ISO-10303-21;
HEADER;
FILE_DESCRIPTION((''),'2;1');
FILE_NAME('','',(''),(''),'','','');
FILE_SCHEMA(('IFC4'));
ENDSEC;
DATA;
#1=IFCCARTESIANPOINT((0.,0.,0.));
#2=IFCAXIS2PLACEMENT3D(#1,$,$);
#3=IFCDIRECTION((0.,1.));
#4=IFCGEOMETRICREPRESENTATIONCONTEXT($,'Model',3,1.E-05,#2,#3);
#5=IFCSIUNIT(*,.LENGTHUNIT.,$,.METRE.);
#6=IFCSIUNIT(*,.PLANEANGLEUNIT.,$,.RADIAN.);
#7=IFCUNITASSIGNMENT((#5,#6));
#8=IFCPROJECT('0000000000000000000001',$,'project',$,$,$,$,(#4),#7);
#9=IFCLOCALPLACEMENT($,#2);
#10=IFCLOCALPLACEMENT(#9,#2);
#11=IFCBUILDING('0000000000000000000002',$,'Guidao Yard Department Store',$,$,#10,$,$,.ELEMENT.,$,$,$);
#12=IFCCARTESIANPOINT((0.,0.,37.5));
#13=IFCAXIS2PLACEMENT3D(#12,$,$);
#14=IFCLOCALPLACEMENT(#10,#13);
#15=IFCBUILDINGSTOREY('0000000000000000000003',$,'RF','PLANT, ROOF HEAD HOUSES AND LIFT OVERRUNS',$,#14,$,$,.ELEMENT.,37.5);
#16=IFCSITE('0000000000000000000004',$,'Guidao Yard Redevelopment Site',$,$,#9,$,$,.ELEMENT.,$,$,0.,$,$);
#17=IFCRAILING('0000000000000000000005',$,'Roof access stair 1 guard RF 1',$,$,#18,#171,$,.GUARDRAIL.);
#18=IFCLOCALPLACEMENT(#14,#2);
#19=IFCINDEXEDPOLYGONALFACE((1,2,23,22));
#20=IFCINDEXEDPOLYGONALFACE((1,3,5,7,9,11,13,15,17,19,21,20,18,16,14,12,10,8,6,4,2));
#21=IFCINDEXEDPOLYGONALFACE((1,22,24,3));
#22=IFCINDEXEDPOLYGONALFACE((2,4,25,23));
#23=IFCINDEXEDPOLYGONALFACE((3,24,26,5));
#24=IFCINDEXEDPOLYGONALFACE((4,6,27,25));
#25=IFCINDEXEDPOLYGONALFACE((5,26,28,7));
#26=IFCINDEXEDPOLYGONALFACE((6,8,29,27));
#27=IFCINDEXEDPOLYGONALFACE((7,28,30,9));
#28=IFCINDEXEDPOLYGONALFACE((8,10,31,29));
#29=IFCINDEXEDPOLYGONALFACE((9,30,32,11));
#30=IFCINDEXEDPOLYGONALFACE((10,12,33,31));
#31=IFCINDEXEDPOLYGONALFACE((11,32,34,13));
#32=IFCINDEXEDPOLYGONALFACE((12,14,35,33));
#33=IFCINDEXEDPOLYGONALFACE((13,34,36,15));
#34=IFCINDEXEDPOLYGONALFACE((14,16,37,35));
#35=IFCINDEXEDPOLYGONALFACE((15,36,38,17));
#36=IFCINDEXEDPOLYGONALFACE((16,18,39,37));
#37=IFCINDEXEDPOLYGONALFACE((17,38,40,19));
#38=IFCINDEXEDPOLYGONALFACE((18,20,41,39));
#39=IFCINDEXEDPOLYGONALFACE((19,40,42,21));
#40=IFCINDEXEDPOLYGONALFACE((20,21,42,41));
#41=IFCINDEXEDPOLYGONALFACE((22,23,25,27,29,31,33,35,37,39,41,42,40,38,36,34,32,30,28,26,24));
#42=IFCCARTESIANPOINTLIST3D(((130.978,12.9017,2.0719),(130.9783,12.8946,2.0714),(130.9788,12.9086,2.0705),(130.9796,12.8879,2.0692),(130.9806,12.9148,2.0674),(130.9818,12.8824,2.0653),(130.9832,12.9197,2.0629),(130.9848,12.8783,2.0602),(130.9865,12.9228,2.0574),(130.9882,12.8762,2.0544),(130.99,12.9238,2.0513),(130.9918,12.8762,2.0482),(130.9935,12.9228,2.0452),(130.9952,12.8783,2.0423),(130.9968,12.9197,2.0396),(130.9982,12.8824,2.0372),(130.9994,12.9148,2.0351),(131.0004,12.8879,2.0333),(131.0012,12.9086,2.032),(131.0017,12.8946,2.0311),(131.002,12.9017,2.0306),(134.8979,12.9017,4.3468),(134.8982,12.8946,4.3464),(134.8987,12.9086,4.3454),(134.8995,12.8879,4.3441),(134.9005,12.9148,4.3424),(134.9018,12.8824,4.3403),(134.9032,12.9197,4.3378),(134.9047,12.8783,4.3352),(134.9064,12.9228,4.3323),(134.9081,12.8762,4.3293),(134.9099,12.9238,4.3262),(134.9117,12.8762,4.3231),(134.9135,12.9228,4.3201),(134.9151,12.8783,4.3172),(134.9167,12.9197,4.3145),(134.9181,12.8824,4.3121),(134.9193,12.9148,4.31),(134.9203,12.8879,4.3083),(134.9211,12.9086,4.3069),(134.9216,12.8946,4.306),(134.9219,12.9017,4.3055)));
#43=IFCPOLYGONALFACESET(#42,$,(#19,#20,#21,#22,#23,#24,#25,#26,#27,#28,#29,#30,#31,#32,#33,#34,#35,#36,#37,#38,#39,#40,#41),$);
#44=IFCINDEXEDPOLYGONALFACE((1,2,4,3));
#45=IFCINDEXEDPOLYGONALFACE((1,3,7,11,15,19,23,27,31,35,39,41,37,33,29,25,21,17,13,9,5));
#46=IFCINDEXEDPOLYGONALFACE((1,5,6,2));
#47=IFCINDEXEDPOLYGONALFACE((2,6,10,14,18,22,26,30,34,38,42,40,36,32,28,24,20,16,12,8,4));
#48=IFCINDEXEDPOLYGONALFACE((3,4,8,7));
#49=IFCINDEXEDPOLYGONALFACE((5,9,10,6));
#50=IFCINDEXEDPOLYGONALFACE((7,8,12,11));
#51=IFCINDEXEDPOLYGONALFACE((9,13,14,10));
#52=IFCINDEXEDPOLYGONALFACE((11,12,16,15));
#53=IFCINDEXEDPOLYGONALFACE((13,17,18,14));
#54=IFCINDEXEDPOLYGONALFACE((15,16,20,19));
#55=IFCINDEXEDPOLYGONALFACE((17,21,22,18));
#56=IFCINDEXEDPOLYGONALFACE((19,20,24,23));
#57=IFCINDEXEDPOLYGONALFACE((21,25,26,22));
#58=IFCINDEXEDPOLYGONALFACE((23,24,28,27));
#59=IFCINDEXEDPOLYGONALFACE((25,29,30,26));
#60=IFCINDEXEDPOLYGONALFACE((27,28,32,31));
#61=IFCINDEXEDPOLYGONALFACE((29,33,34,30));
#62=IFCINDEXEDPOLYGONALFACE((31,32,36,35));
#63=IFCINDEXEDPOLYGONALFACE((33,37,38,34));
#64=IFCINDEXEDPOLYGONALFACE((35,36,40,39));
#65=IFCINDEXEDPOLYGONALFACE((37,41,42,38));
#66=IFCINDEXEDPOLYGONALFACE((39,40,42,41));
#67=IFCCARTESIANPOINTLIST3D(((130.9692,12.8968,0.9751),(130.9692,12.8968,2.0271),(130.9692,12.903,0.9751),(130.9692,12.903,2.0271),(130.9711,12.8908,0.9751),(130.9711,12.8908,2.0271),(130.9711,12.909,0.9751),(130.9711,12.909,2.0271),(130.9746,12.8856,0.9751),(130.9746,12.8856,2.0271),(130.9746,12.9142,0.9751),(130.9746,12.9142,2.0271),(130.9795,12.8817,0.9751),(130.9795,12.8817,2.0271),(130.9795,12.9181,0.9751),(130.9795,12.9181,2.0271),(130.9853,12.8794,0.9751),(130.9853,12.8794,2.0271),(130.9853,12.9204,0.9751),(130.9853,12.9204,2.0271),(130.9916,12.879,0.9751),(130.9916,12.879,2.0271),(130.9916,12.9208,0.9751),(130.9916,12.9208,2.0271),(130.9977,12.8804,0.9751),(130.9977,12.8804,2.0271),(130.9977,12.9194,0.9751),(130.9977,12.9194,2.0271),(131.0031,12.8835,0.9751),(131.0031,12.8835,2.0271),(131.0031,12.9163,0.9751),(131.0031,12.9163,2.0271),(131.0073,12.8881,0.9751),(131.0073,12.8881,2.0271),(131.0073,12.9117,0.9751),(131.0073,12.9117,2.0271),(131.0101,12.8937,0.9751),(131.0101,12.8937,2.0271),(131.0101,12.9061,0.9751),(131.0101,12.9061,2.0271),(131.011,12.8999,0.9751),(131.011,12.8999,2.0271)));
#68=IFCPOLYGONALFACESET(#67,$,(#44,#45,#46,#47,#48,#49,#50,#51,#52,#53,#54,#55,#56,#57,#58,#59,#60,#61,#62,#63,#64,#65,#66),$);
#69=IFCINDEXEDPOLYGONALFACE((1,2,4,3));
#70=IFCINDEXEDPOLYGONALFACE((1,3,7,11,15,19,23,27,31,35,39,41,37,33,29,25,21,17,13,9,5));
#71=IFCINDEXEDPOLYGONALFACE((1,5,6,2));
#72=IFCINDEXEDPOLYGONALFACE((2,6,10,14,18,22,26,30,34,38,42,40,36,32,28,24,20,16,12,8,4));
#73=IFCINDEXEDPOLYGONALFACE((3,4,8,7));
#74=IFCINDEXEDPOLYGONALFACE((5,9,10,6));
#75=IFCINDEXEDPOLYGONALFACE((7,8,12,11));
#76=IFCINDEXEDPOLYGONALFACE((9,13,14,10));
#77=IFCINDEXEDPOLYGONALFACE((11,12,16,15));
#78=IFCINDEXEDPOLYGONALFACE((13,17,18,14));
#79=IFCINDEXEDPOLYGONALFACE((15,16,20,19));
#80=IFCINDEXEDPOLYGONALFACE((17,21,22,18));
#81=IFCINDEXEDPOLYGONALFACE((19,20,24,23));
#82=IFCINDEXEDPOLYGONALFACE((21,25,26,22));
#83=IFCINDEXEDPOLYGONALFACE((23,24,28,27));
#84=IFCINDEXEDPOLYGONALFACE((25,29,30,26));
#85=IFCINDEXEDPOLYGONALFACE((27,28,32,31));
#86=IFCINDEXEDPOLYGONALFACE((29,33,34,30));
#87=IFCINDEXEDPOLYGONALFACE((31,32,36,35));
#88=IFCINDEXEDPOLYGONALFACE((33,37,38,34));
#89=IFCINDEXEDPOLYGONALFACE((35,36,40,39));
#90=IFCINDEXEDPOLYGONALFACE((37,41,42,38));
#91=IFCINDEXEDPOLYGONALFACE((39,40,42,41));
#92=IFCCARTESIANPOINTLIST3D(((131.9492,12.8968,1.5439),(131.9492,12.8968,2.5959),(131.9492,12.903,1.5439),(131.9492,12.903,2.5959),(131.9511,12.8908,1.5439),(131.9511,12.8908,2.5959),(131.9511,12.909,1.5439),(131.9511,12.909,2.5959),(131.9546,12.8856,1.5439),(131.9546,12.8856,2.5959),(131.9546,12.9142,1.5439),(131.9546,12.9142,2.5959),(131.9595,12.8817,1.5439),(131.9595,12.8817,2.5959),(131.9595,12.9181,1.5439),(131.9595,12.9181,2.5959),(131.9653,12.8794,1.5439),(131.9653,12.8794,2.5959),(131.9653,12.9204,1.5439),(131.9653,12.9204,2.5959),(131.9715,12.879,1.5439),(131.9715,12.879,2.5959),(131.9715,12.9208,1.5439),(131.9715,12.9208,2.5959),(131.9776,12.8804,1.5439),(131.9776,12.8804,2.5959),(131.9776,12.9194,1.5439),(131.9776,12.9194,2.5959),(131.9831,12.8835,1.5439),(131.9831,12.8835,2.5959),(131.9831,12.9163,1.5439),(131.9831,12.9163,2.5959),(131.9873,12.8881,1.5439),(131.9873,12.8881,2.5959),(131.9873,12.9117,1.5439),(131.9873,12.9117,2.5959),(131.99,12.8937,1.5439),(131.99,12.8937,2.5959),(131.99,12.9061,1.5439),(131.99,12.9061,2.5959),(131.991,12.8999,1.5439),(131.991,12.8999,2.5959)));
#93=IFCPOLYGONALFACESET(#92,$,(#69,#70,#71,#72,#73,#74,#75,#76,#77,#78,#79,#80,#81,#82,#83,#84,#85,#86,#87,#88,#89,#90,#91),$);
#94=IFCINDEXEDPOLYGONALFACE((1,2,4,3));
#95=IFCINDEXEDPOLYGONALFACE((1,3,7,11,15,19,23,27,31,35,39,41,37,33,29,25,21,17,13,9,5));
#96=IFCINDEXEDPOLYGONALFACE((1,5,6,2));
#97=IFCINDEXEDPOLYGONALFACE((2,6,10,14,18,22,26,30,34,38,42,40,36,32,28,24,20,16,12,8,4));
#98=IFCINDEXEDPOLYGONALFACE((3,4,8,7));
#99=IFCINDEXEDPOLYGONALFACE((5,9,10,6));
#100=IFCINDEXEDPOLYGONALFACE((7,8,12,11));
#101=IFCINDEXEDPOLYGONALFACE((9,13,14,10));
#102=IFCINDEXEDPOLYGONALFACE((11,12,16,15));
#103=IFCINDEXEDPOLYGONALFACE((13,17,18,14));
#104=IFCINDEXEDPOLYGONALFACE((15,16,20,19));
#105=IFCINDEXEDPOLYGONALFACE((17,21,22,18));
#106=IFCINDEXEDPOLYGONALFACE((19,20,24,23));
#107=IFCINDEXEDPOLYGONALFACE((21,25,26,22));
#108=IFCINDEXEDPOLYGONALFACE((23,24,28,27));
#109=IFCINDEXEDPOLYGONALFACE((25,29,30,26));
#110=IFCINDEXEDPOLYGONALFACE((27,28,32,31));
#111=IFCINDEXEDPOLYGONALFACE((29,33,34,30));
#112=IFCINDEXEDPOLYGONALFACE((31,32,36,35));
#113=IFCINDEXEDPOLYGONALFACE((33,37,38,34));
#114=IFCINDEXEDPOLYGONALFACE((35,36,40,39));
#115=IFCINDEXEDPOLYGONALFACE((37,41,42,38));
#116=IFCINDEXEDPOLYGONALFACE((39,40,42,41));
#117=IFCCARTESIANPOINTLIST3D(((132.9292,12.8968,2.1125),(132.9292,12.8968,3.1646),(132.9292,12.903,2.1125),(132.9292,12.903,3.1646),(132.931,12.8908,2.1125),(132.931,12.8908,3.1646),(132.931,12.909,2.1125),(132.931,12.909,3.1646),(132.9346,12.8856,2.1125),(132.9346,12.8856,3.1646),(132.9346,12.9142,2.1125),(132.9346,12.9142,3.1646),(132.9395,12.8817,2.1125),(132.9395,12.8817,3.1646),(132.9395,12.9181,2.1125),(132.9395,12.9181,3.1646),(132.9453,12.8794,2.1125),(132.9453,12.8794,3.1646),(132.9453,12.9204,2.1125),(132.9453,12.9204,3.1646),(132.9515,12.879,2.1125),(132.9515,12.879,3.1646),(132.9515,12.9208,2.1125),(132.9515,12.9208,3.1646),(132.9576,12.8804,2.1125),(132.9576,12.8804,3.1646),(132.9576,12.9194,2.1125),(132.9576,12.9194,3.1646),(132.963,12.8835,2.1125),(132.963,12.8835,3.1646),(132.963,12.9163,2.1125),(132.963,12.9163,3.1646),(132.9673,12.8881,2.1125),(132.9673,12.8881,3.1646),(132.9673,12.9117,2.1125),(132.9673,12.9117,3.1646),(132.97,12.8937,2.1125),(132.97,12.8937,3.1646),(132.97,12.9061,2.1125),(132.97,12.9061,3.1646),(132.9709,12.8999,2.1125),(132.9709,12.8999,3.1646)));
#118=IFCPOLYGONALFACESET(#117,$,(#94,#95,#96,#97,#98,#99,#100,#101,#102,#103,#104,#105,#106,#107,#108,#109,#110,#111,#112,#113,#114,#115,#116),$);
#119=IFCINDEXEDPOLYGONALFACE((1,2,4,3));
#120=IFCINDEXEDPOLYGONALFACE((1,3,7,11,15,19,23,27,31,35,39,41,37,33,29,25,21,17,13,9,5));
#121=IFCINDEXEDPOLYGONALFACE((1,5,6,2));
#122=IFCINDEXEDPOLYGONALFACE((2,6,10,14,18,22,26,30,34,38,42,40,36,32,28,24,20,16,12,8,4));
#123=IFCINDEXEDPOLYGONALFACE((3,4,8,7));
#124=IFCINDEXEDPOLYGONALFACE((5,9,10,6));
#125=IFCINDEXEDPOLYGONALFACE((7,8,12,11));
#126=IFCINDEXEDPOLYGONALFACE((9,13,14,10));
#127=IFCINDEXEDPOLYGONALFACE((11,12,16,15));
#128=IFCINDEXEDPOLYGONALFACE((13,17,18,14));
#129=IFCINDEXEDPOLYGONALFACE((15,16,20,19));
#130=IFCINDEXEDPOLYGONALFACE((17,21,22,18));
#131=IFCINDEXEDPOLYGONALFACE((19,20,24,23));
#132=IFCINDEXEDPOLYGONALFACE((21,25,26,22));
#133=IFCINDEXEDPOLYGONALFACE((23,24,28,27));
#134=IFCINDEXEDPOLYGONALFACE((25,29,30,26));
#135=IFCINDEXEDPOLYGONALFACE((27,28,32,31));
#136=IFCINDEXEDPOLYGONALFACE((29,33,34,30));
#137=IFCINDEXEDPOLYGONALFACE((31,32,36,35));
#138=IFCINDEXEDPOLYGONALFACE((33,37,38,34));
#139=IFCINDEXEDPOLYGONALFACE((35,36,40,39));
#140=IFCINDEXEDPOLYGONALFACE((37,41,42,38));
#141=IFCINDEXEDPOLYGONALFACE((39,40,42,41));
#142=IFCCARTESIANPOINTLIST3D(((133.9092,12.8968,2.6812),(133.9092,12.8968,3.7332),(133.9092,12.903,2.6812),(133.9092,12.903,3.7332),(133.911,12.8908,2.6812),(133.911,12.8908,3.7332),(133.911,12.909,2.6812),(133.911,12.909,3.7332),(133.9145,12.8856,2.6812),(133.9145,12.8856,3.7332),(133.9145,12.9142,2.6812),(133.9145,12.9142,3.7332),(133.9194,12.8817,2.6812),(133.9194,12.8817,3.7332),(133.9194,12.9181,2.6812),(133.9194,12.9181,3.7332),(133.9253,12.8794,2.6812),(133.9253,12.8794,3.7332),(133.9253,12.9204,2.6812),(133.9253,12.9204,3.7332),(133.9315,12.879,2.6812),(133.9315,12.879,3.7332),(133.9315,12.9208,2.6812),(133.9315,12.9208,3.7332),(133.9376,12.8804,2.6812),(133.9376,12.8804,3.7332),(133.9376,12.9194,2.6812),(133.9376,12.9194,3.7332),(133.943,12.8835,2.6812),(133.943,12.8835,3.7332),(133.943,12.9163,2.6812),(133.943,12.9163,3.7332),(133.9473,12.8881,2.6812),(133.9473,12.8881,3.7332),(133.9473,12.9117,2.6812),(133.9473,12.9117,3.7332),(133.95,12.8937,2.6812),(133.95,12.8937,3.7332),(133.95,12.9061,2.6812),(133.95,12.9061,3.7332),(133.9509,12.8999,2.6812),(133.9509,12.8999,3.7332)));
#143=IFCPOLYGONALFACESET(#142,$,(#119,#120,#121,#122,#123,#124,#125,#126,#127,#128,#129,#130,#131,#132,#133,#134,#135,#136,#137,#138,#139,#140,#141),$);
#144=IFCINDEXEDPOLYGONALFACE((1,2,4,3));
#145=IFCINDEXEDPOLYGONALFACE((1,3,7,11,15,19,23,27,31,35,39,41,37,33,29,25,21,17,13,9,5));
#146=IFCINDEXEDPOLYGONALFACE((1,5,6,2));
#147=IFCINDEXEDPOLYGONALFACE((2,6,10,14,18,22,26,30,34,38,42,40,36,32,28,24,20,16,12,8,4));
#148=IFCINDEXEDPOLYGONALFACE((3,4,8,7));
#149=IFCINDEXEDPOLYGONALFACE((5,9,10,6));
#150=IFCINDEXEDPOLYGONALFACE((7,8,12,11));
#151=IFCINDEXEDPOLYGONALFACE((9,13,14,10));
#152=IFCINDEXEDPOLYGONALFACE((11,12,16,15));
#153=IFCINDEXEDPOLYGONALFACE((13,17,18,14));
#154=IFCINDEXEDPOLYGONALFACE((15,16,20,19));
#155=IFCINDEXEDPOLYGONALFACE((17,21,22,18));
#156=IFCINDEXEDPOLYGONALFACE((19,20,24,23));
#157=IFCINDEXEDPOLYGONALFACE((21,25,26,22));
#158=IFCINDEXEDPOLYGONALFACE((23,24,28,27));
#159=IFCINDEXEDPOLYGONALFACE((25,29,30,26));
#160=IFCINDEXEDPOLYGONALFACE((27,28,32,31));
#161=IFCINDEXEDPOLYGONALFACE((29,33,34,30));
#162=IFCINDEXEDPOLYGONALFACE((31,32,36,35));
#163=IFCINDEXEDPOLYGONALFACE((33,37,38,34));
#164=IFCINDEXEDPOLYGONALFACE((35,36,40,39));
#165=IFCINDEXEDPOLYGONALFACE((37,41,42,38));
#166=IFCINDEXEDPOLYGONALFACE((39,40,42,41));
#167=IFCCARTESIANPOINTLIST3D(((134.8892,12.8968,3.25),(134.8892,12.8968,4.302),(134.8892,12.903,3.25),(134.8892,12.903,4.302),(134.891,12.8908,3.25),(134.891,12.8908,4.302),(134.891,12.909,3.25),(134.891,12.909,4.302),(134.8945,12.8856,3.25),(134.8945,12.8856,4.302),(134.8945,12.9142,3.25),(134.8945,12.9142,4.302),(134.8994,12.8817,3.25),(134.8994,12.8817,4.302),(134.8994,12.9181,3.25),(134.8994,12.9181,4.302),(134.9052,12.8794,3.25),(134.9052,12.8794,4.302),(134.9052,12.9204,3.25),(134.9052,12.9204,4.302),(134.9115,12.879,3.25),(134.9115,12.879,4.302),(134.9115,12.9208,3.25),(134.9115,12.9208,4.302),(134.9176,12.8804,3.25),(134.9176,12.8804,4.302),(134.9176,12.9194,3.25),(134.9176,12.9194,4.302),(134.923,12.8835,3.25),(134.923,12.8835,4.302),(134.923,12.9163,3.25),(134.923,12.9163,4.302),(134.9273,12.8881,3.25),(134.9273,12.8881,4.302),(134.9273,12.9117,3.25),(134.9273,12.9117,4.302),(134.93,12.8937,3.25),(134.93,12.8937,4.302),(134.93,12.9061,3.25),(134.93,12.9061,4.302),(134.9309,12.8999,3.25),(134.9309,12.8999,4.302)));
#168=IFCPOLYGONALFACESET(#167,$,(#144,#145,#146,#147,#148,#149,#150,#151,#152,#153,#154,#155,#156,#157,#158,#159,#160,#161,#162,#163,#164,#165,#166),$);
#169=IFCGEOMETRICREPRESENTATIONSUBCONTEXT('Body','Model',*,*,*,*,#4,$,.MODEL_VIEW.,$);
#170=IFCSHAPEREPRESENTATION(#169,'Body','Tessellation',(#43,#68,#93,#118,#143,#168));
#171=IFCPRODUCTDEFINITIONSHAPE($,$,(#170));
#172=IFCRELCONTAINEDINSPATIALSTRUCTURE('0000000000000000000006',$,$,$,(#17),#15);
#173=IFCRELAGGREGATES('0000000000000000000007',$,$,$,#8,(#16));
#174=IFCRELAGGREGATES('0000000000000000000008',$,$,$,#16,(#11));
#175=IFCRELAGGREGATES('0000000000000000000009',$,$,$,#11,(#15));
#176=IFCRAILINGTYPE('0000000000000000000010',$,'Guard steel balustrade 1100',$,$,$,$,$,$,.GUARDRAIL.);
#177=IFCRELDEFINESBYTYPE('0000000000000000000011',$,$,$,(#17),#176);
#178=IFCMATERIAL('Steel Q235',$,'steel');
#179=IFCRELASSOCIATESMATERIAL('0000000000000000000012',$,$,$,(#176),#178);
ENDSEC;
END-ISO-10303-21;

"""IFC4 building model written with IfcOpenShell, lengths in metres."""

from ifc_helpers import new_model, si_unit, direction, frame, origin, origin_2d, place, context, subcontext, project, spatial, circle, extrude, material, type_object, element, save


model = new_model("IFC4")

# Units and contexts
model_context = context("Model", 3, precision=1e-05, world=origin(), true_north=direction((0.0, 1.0)))
body_context = subcontext(model_context, "Body", "Model", "MODEL_VIEW")
ifc_project = project(units=[si_unit("LENGTHUNIT", "METRE"), si_unit("PLANEANGLEUNIT", "RADIAN")], contexts=[model_context])

# Site, building, storey
site_placement = place(None, origin())
site = spatial("IfcSite", under=ifc_project, at=site_placement, Name="Guidao Yard Redevelopment Site", CompositionType="ELEMENT", RefElevation=0.0)
building_placement = place(site_placement, origin())
building = spatial("IfcBuilding", under=site, at=building_placement, Name="Guidao Yard Department Store", CompositionType="ELEMENT")
storey_placement = place(building_placement, frame((0.0, 0.0, 37.5)))
storey = spatial("IfcBuildingStorey", under=building, at=storey_placement, Name="RF", Description="PLANT, ROOF HEAD HOUSES AND LIFT OVERRUNS", CompositionType="ELEMENT", Elevation=37.5)

# Railing
ifc_material_1 = material(Name="Steel Q235", Category="steel")
railing_type_1 = type_object("IfcRailingType", Name="Guard steel balustrade 1100", PredefinedType="GUARDRAIL", material=ifc_material_1)
for number, where, name in (
    (1, (130.99, 12.8999, 0.9751), "Roof access stair 1 guard RF 1"),
):
    element("IfcRailing", number, at=place(storey_placement, frame(where)), inside=storey, type_object=railing_type_1, Name=name, PredefinedType="GUARDRAIL", context=body_context, shape_type="SweptSolid", body=[
        extrude(circle(Radius=0.0239, at=origin_2d()), frame((0.0, 0.0, 1.0762), z_axis=(0.864902, 0.0, 0.501941), x_axis=(0.0, 1.0, 0.0)), (0.0, 0.0, 1.0), 4.5322),
        extrude(circle(Radius=0.021, at=origin_2d()), origin(), (0.0, 0.0, 1.0), 1.052),
        extrude(circle(Radius=0.021, at=origin_2d()), frame((0.98, 0.0, 0.5688)), (0.0, 0.0, 1.0), 1.052),
        extrude(circle(Radius=0.021, at=origin_2d()), frame((1.96, 0.0, 1.1375)), (0.0, 0.0, 1.0), 1.052),
        extrude(circle(Radius=0.021, at=origin_2d()), frame((2.9399, 0.0, 1.7061)), (0.0, 0.0, 1.0), 1.052),
        extrude(circle(Radius=0.021, at=origin_2d()), frame((3.9199, 0.0, 2.2749)), (0.0, 0.0, 1.0), 1.052),
    ])

save(model, "model.ifc")
